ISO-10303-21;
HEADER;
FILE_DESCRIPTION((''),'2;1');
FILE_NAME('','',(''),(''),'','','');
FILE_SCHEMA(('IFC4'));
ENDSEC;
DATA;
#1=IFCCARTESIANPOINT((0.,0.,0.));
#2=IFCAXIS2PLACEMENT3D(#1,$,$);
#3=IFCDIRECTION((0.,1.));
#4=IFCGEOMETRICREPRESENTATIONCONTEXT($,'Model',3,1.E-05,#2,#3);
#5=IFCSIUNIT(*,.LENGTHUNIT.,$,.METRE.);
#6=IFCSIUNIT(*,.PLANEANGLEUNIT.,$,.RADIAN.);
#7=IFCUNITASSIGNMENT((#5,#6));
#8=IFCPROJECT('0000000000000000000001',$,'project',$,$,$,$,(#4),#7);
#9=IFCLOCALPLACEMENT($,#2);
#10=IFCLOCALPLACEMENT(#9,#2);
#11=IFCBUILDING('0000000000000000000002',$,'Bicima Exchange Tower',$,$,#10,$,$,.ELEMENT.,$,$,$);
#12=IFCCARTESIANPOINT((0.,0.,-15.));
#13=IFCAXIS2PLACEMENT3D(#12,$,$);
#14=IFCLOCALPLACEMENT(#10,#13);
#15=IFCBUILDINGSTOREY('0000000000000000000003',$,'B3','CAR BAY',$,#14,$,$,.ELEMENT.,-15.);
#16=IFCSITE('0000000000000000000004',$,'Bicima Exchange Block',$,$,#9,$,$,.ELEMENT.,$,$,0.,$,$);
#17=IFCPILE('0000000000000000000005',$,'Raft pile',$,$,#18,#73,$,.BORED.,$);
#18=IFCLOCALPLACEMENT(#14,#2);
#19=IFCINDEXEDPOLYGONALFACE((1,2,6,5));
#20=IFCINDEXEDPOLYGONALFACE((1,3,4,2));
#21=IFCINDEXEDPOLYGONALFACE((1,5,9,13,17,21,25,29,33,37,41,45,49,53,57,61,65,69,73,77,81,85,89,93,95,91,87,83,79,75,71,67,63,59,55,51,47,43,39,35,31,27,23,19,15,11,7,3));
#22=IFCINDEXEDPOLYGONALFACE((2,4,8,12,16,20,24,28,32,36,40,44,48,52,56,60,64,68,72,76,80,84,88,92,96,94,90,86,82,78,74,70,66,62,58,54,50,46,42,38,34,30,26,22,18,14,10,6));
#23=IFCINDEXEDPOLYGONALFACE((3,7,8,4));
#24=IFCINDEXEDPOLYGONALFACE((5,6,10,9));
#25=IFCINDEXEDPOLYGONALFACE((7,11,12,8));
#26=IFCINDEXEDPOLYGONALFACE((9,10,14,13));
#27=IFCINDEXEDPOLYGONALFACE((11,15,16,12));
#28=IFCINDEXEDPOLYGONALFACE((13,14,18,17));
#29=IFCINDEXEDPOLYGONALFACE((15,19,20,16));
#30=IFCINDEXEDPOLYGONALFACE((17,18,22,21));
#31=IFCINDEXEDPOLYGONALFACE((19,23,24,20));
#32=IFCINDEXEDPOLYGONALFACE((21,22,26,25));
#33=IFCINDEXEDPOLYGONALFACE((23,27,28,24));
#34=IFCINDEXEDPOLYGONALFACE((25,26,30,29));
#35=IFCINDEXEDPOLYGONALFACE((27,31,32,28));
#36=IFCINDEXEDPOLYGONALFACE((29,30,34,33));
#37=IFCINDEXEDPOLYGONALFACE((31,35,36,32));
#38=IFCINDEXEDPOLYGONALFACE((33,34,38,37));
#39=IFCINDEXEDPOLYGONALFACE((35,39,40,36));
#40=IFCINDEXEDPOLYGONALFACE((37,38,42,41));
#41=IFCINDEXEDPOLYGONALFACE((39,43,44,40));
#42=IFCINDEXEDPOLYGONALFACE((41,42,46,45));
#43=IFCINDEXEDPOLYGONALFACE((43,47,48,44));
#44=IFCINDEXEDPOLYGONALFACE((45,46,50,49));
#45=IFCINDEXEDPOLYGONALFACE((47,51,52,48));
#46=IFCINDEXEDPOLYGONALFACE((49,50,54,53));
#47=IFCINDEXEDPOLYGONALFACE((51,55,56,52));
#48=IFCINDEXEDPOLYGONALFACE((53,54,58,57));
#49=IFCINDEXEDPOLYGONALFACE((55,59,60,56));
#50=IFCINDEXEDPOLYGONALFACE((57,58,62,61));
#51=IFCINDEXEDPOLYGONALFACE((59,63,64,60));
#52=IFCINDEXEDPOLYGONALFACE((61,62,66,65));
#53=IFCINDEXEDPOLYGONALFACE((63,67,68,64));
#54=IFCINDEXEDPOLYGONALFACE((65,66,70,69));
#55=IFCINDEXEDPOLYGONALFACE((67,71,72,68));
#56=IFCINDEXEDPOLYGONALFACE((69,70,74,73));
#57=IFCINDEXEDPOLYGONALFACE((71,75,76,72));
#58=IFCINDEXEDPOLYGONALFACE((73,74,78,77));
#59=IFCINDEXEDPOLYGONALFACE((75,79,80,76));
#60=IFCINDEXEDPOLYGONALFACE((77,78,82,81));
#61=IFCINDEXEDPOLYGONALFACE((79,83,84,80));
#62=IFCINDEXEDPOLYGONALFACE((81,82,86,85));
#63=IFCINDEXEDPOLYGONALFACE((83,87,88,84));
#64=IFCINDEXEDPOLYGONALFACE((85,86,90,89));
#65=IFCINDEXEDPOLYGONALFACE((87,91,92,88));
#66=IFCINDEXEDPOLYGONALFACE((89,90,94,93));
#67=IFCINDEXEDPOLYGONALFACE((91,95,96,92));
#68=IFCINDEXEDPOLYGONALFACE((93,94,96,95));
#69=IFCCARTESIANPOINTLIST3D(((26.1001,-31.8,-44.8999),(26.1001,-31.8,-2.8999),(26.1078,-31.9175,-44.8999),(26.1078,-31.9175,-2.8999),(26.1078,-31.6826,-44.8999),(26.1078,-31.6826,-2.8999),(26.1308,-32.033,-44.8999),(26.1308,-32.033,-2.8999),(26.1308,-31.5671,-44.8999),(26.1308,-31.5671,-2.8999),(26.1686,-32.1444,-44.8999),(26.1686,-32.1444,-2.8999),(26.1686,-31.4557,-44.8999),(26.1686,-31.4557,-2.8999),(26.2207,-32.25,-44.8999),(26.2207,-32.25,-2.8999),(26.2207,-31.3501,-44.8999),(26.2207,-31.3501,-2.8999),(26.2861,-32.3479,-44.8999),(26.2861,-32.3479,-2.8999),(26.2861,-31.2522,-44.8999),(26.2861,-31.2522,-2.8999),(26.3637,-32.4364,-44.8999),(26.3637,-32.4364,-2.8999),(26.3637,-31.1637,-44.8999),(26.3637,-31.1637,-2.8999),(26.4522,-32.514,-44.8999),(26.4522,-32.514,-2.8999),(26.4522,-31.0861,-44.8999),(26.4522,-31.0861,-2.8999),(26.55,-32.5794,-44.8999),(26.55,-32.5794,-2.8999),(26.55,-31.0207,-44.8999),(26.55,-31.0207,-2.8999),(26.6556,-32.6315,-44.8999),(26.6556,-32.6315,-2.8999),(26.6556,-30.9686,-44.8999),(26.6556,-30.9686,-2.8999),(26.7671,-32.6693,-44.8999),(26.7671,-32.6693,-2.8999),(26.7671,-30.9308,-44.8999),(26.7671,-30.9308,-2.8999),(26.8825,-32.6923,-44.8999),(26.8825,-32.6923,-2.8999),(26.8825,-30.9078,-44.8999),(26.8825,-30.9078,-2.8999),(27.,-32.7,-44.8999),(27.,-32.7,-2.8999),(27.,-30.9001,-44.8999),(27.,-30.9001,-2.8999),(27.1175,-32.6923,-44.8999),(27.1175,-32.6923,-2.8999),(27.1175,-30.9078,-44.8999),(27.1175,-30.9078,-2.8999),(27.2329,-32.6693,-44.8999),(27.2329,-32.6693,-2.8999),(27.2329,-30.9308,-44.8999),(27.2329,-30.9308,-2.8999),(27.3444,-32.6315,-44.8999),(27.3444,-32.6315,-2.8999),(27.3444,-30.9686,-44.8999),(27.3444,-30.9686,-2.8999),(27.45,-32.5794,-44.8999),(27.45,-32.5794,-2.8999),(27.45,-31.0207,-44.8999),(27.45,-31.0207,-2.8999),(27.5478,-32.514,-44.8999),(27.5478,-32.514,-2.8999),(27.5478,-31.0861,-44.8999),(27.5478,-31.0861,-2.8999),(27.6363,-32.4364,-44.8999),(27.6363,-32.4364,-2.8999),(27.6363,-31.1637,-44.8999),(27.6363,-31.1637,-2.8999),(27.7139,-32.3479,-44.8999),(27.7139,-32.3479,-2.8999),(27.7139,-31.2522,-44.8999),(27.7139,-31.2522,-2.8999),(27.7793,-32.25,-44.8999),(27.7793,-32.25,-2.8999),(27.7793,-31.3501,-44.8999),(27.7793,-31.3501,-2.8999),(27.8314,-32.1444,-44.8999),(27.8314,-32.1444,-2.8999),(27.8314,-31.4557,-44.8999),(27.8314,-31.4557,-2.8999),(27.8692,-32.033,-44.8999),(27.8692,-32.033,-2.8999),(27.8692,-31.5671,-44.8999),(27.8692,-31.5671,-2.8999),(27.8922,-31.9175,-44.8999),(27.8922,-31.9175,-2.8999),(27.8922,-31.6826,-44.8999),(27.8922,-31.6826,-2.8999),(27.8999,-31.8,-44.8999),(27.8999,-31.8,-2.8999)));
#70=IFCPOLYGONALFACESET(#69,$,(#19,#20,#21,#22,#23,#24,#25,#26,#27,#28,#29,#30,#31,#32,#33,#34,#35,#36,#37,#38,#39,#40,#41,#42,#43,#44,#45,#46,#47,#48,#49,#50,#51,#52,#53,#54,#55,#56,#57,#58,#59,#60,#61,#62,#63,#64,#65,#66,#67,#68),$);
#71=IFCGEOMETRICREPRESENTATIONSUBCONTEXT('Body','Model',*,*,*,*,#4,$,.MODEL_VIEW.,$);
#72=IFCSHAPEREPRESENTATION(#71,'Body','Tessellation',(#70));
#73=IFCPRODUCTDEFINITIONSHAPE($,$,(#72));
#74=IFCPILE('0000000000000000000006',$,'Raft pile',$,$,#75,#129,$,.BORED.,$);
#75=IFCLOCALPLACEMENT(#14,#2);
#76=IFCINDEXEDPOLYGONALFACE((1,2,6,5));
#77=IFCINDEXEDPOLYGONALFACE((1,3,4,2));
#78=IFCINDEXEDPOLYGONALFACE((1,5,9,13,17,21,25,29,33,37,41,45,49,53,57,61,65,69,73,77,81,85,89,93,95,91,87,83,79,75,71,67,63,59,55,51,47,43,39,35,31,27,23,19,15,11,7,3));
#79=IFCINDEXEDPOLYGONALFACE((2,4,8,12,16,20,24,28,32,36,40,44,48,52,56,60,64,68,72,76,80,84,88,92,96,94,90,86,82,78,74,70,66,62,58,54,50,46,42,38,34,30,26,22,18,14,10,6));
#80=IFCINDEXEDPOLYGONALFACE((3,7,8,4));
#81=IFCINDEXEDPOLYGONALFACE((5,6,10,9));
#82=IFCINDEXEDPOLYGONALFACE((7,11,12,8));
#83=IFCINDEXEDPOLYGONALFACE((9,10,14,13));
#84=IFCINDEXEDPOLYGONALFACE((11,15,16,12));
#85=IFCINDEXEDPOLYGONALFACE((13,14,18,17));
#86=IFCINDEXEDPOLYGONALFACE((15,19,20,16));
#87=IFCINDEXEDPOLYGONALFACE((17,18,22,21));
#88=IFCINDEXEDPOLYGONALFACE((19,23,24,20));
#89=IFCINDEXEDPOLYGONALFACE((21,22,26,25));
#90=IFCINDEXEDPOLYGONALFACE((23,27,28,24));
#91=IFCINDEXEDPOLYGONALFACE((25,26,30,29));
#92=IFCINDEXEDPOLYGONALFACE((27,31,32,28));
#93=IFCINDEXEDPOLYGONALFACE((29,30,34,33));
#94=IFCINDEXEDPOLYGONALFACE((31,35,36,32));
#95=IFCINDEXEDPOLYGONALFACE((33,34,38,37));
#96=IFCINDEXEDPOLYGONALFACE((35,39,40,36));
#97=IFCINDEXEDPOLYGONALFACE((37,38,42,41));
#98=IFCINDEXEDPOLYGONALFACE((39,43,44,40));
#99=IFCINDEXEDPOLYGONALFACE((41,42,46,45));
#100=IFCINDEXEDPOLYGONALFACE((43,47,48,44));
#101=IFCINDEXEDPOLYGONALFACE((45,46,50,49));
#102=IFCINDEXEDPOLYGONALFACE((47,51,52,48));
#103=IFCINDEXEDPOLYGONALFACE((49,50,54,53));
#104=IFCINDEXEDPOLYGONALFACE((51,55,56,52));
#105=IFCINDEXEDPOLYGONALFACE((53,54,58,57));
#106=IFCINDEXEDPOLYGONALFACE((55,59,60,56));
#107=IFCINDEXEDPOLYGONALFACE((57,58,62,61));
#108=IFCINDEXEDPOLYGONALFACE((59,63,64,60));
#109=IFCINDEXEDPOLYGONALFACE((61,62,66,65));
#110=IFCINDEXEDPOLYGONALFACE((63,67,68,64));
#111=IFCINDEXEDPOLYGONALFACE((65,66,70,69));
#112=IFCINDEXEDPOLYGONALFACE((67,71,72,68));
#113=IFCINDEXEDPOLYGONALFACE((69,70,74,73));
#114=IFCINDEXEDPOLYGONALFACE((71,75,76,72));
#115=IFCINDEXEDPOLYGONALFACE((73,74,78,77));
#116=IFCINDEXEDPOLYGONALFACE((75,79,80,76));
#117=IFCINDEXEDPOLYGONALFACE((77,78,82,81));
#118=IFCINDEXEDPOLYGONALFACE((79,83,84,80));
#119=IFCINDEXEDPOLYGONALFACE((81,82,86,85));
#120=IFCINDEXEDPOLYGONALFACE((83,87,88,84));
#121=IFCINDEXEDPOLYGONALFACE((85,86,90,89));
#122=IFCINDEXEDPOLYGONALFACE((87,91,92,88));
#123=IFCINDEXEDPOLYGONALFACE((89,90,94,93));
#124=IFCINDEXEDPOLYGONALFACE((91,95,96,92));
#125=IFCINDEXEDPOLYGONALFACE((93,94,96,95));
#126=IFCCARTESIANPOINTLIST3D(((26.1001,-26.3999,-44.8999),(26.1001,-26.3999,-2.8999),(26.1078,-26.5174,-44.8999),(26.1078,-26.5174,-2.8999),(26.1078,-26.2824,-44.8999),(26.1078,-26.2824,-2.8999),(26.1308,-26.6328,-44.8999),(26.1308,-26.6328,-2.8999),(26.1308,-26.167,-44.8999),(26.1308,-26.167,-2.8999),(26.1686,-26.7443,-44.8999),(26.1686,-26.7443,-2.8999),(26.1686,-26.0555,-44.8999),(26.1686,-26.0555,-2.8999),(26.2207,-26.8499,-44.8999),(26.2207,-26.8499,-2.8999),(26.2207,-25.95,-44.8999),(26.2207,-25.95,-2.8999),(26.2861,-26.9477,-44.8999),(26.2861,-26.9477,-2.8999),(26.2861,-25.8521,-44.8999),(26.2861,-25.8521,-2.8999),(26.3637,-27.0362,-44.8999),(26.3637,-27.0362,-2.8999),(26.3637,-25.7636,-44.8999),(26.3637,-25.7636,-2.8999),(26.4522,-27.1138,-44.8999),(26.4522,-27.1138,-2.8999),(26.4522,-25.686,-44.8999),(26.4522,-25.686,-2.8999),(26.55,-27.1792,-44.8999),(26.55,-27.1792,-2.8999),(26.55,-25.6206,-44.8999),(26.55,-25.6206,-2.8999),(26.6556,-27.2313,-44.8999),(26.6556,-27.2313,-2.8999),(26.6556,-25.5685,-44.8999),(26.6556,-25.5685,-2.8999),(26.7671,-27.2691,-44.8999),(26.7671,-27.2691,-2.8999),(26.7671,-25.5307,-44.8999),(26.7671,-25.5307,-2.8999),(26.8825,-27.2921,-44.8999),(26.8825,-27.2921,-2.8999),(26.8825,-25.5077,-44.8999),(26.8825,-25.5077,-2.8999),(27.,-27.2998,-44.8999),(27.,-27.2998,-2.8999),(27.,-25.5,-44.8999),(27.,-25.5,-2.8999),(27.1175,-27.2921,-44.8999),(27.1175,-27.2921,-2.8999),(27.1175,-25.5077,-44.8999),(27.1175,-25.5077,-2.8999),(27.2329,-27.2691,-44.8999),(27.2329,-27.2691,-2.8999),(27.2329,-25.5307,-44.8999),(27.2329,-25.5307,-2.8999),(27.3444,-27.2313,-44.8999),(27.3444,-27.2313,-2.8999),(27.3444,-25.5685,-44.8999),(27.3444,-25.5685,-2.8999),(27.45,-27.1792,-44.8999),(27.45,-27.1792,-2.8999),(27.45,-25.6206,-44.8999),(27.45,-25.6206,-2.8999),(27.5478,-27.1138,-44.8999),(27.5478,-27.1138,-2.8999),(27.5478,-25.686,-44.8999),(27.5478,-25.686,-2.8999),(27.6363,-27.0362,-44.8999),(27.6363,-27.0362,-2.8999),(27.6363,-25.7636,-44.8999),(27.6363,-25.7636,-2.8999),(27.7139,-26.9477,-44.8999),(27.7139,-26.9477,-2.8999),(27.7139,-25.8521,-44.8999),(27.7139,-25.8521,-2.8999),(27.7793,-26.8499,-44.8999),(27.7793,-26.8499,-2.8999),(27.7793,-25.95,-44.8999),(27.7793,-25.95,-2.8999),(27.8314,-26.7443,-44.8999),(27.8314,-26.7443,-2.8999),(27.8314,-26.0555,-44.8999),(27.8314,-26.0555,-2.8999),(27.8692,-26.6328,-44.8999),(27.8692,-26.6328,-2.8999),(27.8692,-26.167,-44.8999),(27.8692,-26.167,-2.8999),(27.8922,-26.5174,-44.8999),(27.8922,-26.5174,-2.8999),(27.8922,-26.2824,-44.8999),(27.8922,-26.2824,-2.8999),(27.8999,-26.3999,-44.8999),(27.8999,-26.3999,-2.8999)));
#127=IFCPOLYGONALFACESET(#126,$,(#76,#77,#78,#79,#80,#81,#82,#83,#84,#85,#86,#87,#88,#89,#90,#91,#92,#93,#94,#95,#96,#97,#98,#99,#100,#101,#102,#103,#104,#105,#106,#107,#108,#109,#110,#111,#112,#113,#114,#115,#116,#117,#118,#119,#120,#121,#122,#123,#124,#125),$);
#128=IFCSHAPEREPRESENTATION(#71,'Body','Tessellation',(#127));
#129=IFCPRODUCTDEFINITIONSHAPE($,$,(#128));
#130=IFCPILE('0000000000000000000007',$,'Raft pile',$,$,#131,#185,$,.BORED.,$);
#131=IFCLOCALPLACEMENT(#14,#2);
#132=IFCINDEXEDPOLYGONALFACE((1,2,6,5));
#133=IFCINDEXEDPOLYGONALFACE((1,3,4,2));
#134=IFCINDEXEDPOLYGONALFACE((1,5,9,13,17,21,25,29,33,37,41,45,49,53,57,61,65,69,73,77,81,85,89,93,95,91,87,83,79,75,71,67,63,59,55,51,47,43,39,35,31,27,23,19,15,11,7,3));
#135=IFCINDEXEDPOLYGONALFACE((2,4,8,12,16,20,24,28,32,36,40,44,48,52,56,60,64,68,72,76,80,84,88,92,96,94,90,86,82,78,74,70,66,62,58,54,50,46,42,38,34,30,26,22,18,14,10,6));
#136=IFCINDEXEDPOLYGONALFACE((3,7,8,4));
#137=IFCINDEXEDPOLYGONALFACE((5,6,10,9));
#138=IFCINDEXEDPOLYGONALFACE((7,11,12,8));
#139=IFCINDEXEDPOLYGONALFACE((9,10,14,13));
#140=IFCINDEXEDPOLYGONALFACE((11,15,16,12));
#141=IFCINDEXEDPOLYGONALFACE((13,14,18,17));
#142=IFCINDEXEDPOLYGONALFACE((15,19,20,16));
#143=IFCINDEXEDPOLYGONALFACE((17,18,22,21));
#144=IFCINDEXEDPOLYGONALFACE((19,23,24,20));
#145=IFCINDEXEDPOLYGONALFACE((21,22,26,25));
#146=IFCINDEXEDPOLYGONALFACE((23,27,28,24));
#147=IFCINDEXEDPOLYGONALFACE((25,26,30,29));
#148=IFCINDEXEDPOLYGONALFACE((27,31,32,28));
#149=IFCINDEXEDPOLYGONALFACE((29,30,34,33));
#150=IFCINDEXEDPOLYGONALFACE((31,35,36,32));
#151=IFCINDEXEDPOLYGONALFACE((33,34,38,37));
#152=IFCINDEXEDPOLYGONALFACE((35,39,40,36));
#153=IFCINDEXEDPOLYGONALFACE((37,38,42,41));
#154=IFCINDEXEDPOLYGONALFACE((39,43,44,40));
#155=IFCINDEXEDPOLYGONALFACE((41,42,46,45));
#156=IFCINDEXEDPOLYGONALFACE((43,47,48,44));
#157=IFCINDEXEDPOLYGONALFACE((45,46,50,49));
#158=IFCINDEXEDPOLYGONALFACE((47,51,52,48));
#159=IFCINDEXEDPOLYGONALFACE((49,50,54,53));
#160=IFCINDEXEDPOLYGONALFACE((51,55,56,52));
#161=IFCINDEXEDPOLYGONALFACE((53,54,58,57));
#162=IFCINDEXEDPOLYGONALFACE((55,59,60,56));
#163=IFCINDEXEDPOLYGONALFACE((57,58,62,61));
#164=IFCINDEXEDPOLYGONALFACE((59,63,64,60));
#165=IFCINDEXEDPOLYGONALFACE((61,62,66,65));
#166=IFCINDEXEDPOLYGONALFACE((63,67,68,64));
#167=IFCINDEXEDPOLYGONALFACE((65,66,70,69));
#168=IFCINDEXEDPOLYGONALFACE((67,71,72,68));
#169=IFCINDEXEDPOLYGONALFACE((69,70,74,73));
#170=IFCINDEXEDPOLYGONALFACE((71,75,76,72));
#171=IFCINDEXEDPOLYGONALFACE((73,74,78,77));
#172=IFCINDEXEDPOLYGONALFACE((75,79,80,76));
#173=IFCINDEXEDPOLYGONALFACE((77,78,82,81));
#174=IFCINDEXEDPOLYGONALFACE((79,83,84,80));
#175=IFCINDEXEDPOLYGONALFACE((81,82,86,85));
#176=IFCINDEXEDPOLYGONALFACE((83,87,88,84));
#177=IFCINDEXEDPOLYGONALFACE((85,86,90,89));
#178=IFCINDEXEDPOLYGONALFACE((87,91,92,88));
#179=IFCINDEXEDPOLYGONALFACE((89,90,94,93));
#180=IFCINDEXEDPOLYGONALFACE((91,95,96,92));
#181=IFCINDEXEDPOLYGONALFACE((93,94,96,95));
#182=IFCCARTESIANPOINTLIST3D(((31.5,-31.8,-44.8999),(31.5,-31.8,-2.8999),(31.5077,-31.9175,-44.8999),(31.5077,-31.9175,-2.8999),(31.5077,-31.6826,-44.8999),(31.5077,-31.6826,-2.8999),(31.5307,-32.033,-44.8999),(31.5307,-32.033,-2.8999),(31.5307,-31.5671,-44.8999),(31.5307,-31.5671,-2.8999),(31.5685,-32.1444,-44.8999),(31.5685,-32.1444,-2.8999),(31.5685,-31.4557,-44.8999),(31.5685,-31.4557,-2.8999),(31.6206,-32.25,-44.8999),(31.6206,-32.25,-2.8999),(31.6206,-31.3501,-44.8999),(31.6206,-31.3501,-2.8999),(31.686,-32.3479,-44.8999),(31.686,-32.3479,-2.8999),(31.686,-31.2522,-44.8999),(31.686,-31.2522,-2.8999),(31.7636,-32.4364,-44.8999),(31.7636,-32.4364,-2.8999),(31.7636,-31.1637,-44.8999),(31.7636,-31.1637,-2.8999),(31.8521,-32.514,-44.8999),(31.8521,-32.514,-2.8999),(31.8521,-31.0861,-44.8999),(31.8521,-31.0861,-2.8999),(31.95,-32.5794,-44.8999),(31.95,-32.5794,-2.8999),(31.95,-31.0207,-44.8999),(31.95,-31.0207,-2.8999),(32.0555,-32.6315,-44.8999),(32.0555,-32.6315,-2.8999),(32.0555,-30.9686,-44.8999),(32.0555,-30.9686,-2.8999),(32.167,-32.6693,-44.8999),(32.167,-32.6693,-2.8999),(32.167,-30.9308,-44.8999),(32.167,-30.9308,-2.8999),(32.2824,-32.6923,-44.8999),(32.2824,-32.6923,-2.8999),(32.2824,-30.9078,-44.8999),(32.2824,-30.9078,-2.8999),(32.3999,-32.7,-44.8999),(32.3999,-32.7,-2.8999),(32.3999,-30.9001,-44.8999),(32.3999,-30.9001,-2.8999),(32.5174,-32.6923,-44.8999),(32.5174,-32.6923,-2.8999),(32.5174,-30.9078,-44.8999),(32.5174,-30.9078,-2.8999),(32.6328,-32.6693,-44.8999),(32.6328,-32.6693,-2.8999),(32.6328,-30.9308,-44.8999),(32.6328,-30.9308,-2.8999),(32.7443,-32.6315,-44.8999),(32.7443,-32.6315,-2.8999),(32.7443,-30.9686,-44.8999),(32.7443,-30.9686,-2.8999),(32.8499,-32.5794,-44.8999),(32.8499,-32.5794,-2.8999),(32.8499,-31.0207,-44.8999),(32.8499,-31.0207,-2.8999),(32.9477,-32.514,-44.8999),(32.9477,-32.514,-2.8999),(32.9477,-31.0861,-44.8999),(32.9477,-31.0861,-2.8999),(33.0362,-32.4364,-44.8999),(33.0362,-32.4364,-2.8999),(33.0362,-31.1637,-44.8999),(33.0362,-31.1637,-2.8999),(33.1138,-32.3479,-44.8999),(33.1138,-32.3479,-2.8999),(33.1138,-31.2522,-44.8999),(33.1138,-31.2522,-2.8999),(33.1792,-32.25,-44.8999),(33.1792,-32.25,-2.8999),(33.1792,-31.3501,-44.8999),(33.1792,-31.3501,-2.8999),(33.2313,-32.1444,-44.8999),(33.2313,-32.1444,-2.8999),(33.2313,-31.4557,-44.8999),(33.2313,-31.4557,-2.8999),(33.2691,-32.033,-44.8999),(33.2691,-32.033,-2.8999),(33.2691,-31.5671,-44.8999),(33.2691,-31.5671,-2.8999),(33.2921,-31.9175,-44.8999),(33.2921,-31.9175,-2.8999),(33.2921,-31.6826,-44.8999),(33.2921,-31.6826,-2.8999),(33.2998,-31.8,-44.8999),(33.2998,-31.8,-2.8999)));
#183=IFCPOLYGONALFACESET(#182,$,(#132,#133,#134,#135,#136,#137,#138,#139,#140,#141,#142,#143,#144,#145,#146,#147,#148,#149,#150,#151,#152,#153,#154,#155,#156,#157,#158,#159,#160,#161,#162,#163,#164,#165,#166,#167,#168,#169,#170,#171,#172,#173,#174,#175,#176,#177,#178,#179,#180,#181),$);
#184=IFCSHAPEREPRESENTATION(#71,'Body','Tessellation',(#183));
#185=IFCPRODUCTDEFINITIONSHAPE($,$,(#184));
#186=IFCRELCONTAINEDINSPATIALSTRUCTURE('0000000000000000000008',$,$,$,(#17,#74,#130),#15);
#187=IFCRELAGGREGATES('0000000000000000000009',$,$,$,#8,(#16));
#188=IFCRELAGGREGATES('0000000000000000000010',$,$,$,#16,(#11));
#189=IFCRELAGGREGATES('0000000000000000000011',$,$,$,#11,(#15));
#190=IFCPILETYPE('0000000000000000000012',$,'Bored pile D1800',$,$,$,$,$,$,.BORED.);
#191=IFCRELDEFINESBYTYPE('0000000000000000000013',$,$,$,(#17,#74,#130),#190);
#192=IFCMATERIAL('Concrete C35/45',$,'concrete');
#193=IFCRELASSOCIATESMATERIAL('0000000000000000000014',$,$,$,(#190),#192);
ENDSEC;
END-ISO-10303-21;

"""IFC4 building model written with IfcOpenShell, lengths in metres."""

from ifc_helpers import new_model, si_unit, direction, frame, origin, origin_2d, place, context, subcontext, project, spatial, circle, extrude, material, material_profile, profile_set, type_object, element, save


model = new_model("IFC4")

# Units and contexts
model_context = context("Model", 3, precision=1e-05, world=origin(), true_north=direction((0.0, 1.0)))
body_context = subcontext(model_context, "Body", "Model", "MODEL_VIEW")
ifc_project = project(units=[si_unit("LENGTHUNIT", "METRE"), si_unit("PLANEANGLEUNIT", "RADIAN")], contexts=[model_context])

# Site, building, storey
site_placement = place(None, origin())
site = spatial("IfcSite", under=ifc_project, at=site_placement, Name="Bicima Exchange Block", CompositionType="ELEMENT", RefElevation=0.0)
building_placement = place(site_placement, origin())
building = spatial("IfcBuilding", under=site, at=building_placement, Name="Bicima Exchange Tower", CompositionType="ELEMENT")
storey_placement = place(building_placement, frame((0.0, 0.0, -15.0)))
storey = spatial("IfcBuildingStorey", under=building, at=storey_placement, Name="B3", Description="CAR BAY", CompositionType="ELEMENT", Elevation=-15.0)

# Piles
ifc_material_1 = material(Name="Concrete C35/45", Category="concrete")
ifc_material_profile_1 = material_profile(ifc_material_1, circle(Radius=0.8999, at=origin_2d()))
ifc_profile_set_1 = profile_set([ifc_material_profile_1], Name="Concrete C35/45")
pile_type = type_object("IfcPileType", Name="Bored pile D1800", PredefinedType="BORED", material=ifc_profile_set_1)
for number, where, z_axis, x_axis, name in (
    (1, (27.0, -31.8, -2.8999), (0.0, 0.0, -1.0), (1.0, 0.0, 0.0), "Raft pile"),
    (2, (27.0, -26.3999, -2.8999), (0.0, 0.0, -1.0), (1.0, 0.0, 0.0), "Raft pile"),
    (3, (32.3999, -31.8, -2.8999), (0.0, 0.0, -1.0), (1.0, 0.0, 0.0), "Raft pile"),
):
    element("IfcPile", number, at=place(storey_placement, frame(where, z_axis=z_axis, x_axis=x_axis)), inside=storey, type_object=pile_type, Name=name, PredefinedType="BORED", context=body_context, shape_type="SweptSolid", body=[
        extrude(circle(Radius=0.8999, at=origin_2d()), origin(), (0.0, 0.0, 1.0), 42.0),
    ])

save(model, "model.ifc")
